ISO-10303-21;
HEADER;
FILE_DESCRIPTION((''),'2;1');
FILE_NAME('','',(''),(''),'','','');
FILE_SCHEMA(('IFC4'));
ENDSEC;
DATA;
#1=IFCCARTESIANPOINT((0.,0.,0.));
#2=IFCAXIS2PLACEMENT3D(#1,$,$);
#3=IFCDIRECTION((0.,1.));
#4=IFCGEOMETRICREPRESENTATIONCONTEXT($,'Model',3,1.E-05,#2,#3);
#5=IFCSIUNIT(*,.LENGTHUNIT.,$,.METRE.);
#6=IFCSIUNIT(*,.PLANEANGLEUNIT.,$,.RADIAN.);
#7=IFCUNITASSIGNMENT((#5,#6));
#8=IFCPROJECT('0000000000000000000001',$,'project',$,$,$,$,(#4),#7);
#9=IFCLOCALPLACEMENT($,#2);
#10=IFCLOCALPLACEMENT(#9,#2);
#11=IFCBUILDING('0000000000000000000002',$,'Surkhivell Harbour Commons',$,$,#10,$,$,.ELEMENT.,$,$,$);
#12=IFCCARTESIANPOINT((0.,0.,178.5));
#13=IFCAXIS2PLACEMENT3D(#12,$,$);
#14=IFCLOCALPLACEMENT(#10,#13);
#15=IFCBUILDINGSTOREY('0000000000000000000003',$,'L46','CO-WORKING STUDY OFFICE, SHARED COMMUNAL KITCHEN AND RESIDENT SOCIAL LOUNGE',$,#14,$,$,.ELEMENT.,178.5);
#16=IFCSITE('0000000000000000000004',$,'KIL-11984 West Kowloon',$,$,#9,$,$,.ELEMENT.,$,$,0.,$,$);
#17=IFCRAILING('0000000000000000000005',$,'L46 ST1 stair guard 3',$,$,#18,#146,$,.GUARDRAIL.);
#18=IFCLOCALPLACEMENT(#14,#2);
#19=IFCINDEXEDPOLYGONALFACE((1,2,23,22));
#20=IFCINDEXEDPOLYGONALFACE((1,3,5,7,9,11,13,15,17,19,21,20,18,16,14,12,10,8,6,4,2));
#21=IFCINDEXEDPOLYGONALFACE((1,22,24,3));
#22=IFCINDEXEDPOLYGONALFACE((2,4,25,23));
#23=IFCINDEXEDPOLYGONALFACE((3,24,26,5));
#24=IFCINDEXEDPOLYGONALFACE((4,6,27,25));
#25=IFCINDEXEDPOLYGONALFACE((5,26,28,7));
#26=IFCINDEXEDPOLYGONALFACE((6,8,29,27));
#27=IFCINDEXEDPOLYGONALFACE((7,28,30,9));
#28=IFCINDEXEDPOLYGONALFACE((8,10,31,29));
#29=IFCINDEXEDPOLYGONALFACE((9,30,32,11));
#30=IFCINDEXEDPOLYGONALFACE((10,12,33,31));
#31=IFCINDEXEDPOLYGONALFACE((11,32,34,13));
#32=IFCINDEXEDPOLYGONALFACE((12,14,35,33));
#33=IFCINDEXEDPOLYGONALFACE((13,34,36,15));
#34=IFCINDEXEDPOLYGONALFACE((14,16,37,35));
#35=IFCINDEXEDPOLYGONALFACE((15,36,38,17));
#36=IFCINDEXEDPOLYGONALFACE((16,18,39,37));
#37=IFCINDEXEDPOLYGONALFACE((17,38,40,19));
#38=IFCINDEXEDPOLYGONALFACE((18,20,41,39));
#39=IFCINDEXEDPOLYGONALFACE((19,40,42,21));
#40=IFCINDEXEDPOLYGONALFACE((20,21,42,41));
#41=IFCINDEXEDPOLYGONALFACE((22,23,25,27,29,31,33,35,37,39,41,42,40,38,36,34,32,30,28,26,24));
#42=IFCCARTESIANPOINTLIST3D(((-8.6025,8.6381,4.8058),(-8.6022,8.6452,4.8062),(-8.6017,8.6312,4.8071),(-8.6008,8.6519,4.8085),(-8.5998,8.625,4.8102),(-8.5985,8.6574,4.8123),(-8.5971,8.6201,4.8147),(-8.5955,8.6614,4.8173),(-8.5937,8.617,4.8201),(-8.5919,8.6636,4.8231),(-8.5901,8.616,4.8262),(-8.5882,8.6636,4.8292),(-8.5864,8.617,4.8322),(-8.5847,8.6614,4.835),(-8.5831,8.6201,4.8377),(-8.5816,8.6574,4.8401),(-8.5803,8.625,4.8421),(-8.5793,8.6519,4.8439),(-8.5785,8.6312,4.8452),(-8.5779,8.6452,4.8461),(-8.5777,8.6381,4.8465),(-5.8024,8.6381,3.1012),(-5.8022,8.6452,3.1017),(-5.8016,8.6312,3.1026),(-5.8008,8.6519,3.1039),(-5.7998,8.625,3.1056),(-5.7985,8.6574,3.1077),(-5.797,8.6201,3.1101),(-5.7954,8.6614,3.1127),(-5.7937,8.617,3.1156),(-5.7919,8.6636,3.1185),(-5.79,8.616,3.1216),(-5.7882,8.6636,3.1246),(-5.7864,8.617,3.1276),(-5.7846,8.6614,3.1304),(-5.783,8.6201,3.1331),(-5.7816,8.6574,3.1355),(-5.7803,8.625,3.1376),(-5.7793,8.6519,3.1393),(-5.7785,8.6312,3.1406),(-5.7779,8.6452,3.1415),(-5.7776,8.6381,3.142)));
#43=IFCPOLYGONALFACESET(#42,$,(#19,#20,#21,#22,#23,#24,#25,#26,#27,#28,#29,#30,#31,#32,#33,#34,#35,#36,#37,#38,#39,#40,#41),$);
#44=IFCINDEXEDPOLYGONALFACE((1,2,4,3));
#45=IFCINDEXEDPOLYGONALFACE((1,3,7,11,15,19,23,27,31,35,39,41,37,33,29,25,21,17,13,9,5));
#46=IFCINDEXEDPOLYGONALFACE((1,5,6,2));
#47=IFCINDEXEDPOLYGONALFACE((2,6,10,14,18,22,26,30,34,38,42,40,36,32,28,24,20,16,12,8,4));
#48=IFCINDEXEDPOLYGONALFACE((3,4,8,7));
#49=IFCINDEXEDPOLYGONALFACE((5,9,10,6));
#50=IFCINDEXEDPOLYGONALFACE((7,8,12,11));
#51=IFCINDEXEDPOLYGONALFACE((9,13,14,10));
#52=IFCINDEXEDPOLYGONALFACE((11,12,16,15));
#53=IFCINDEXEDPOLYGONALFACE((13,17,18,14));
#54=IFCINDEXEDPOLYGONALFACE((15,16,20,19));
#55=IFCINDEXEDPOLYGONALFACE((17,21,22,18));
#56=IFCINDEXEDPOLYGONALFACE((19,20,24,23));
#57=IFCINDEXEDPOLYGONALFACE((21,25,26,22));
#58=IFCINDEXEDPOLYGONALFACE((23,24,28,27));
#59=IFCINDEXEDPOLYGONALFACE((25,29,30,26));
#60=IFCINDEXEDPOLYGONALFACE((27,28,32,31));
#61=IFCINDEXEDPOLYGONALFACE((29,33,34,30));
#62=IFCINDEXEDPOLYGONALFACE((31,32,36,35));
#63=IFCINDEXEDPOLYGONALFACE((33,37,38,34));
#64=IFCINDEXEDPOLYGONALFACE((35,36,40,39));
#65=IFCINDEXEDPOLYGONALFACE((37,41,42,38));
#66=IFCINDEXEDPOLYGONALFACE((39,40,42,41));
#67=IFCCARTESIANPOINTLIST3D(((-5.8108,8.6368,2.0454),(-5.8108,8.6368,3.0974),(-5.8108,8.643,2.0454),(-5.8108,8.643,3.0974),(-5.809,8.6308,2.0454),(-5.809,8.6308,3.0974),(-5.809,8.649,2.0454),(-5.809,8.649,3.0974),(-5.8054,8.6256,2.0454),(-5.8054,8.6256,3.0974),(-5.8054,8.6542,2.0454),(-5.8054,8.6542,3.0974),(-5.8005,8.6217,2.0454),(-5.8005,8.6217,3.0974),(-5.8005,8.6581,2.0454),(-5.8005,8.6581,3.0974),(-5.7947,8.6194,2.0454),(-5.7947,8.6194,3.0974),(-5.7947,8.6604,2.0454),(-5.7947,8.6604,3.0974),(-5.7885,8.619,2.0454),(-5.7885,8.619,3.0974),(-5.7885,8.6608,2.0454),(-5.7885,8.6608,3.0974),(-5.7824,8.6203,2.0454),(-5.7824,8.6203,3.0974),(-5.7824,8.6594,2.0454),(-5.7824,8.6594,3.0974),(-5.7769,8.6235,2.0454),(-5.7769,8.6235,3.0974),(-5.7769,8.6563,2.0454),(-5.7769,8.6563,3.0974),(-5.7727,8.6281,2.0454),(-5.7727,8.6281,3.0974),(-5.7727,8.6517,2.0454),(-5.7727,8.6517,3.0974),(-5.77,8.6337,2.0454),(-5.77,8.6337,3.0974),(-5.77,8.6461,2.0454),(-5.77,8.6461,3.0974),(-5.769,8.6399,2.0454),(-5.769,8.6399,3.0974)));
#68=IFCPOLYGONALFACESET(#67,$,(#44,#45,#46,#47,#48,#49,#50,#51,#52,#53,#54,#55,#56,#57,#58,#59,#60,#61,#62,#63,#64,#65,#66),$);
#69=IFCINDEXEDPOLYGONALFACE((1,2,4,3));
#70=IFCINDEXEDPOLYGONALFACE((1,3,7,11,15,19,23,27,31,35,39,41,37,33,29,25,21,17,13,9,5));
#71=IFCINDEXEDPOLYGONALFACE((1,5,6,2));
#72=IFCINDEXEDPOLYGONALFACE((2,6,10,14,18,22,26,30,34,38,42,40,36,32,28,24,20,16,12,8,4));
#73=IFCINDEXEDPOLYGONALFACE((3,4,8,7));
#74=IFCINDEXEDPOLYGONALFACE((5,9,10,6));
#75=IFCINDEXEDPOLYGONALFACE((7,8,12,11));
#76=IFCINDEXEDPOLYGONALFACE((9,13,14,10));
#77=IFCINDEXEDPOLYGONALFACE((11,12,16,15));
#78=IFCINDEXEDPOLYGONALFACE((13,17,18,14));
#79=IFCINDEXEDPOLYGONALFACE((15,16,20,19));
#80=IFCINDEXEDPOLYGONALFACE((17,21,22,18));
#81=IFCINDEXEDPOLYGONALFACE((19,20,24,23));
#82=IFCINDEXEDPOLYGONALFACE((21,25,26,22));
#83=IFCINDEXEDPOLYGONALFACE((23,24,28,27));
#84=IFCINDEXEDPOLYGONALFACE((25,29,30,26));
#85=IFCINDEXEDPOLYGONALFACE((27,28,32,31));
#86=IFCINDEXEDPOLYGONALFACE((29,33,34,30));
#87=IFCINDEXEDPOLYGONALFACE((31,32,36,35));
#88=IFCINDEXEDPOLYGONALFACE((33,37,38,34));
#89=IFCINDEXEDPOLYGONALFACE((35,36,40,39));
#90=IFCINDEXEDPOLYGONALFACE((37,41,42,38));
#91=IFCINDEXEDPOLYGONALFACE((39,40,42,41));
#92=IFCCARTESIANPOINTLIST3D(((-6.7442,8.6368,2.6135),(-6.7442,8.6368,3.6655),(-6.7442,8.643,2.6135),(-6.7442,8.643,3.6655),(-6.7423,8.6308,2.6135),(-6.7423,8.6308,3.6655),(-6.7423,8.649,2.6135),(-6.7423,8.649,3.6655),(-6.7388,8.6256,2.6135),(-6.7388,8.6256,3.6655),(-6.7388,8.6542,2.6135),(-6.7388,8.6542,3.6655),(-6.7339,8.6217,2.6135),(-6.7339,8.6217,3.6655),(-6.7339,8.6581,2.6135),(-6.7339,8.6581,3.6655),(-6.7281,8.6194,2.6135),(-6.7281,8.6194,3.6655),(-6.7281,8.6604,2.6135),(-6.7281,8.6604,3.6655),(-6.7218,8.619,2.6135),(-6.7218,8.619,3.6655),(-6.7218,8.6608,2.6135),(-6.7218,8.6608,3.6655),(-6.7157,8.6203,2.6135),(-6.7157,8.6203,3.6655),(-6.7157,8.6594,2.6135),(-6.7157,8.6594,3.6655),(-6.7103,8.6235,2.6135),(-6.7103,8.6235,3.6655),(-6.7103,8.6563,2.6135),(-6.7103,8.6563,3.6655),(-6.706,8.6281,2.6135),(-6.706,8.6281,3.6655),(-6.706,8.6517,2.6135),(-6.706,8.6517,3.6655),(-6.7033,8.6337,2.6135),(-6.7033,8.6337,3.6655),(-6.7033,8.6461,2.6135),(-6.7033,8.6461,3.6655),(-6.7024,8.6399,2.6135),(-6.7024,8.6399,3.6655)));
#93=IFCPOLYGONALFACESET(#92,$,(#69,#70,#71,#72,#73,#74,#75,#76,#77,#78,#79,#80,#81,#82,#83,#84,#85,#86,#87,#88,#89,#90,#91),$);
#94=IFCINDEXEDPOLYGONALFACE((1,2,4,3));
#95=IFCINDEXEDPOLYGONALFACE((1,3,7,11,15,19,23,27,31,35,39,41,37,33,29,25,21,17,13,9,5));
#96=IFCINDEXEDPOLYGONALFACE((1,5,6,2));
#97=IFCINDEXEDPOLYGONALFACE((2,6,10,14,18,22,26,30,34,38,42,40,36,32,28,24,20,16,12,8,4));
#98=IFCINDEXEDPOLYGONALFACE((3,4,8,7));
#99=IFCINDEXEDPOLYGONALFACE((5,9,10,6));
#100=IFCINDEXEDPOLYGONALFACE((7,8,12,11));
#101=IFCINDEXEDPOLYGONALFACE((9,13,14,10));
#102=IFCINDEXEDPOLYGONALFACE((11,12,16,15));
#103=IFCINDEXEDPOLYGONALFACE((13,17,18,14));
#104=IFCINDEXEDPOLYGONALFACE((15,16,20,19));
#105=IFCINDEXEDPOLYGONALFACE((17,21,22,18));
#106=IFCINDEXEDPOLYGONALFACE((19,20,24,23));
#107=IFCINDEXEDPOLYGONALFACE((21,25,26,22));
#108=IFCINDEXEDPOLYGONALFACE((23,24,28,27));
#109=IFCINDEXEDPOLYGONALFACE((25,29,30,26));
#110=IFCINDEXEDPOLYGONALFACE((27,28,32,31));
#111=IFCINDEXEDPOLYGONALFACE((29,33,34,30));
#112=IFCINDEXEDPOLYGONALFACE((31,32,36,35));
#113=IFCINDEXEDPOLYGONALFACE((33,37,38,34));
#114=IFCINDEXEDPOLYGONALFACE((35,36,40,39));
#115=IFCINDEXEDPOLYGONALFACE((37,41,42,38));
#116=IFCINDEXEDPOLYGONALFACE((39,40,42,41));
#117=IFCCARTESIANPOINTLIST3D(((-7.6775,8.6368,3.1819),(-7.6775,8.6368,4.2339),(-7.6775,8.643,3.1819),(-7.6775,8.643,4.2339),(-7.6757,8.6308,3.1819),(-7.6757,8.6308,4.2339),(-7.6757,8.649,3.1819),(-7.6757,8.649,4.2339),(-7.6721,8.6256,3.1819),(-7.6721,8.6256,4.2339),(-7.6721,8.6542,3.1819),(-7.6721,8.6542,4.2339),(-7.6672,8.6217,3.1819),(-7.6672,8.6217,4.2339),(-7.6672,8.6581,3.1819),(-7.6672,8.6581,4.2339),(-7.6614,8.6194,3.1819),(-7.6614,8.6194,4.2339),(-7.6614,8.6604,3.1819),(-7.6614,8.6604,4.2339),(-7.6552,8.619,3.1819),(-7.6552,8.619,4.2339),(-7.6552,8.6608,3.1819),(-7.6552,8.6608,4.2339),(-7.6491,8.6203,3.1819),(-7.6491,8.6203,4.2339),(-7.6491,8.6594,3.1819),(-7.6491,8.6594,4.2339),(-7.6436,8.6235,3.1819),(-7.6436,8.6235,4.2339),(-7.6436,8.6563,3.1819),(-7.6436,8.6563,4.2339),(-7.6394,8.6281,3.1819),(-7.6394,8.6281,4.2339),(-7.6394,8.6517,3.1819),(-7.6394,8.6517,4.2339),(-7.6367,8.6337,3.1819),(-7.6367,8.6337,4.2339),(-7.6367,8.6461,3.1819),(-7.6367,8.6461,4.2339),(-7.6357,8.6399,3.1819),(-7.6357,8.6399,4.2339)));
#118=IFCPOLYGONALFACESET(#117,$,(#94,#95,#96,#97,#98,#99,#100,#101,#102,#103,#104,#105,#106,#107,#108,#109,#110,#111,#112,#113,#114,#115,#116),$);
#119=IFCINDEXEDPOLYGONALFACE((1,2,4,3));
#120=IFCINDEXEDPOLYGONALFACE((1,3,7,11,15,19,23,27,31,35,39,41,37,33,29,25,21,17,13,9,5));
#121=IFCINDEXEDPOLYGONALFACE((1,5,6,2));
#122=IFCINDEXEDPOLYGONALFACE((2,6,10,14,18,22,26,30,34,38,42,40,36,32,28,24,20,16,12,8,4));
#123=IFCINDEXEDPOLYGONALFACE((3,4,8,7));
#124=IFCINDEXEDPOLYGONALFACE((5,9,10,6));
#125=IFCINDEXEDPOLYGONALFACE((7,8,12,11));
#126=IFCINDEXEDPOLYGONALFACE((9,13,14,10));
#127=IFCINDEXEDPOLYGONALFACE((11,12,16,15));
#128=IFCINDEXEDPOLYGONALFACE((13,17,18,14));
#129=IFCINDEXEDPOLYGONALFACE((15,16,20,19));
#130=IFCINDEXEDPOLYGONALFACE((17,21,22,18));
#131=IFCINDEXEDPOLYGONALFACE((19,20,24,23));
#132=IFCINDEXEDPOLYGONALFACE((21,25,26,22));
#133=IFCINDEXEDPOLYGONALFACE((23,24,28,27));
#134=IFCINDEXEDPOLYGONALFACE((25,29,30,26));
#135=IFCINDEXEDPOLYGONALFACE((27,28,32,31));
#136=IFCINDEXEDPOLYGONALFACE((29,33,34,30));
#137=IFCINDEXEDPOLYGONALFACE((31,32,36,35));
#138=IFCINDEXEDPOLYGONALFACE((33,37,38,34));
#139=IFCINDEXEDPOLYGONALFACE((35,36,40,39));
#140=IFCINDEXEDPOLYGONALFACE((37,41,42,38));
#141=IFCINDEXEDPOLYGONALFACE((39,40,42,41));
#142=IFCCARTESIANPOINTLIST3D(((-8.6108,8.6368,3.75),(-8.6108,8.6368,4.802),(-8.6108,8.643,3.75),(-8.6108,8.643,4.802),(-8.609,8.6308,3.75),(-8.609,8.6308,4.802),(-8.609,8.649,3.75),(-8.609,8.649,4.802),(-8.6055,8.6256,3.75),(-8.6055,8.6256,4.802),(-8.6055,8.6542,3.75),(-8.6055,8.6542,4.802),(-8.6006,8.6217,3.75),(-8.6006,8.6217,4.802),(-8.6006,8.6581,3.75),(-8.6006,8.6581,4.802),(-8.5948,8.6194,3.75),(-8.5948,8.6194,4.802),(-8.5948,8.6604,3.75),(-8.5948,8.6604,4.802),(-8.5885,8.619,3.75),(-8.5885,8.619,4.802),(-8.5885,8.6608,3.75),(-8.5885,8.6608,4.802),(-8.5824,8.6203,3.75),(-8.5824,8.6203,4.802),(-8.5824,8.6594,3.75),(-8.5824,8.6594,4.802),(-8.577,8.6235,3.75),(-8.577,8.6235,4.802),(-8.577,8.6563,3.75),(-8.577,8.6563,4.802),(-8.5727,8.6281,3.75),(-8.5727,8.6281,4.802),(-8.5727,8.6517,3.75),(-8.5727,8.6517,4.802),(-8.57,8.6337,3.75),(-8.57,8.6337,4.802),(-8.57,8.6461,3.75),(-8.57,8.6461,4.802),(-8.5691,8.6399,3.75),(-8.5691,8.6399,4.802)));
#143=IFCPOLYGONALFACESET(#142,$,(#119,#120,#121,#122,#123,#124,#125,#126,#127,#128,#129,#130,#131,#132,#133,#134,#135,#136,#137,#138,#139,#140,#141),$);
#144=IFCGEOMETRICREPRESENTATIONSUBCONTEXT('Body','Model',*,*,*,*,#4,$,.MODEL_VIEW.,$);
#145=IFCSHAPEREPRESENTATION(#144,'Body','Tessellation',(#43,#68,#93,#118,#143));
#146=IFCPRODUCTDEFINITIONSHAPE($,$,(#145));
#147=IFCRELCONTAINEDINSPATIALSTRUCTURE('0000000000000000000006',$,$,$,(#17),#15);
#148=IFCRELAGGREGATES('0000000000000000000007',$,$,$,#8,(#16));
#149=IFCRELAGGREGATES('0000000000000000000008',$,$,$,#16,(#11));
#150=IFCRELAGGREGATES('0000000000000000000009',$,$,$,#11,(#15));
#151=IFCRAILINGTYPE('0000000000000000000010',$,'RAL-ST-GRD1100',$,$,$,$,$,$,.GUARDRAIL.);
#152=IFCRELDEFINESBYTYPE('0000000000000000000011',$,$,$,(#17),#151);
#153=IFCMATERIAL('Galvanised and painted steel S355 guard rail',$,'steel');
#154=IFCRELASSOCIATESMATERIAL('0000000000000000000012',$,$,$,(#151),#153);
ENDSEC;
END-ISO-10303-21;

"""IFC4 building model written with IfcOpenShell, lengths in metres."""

from ifc_helpers import new_model, si_unit, direction, frame, origin, origin_2d, place, context, subcontext, project, spatial, circle, extrude, material, type_object, element, save


model = new_model("IFC4")

# Units and contexts
model_context = context("Model", 3, precision=1e-05, world=origin(), true_north=direction((0.0, 1.0)))
body_context = subcontext(model_context, "Body", "Model", "MODEL_VIEW")
ifc_project = project(units=[si_unit("LENGTHUNIT", "METRE"), si_unit("PLANEANGLEUNIT", "RADIAN")], contexts=[model_context])

# Site, building, storey
site_placement = place(None, origin())
site = spatial("IfcSite", under=ifc_project, at=site_placement, Name="KIL-11984 West Kowloon", CompositionType="ELEMENT", RefElevation=0.0)
building_placement = place(site_placement, origin())
building = spatial("IfcBuilding", under=site, at=building_placement, Name="Surkhivell Harbour Commons", CompositionType="ELEMENT")
storey_placement = place(building_placement, frame((0.0, 0.0, 178.5)))
storey = spatial("IfcBuildingStorey", under=building, at=storey_placement, Name="L46", Description="CO-WORKING STUDY OFFICE, SHARED COMMUNAL KITCHEN AND RESIDENT SOCIAL LOUNGE", CompositionType="ELEMENT", Elevation=178.5)

# Railing
ifc_material_1 = material(Name="Galvanised and painted steel S355 guard rail", Category="steel")
railing_type_1 = type_object("IfcRailingType", Name="RAL-ST-GRD1100", PredefinedType="GUARDRAIL", material=ifc_material_1)
railing_1_placement = place(storey_placement, frame((-5.79, 8.6399, 2.0454)))
element("IfcRailing", 1, at=railing_1_placement, inside=storey, type_object=railing_type_1, Name="L46 ST1 stair guard 3", PredefinedType="GUARDRAIL", context=body_context, shape_type="SweptSolid", body=[
    extrude(circle(Radius=0.0239, at=origin_2d()), frame((0.0, 0.0, 1.0762), z_axis=(-0.85417, 0.0, 0.519994), x_axis=(0.0, -1.0, 0.0)), (0.0, 0.0, 1.0), 3.2781),
    extrude(circle(Radius=0.021, at=origin_2d()), origin(), (0.0, 0.0, 1.0), 1.052),
    extrude(circle(Radius=0.021, at=origin_2d()), frame((-0.9333, 0.0, 0.5681)), (0.0, 0.0, 1.0), 1.052),
    extrude(circle(Radius=0.021, at=origin_2d()), frame((-1.8667, 0.0, 1.1365)), (0.0, 0.0, 1.0), 1.052),
    extrude(circle(Radius=0.021, at=origin_2d()), frame((-2.8, 0.0, 1.7046)), (0.0, 0.0, 1.0), 1.052),
])

save(model, "model.ifc")
